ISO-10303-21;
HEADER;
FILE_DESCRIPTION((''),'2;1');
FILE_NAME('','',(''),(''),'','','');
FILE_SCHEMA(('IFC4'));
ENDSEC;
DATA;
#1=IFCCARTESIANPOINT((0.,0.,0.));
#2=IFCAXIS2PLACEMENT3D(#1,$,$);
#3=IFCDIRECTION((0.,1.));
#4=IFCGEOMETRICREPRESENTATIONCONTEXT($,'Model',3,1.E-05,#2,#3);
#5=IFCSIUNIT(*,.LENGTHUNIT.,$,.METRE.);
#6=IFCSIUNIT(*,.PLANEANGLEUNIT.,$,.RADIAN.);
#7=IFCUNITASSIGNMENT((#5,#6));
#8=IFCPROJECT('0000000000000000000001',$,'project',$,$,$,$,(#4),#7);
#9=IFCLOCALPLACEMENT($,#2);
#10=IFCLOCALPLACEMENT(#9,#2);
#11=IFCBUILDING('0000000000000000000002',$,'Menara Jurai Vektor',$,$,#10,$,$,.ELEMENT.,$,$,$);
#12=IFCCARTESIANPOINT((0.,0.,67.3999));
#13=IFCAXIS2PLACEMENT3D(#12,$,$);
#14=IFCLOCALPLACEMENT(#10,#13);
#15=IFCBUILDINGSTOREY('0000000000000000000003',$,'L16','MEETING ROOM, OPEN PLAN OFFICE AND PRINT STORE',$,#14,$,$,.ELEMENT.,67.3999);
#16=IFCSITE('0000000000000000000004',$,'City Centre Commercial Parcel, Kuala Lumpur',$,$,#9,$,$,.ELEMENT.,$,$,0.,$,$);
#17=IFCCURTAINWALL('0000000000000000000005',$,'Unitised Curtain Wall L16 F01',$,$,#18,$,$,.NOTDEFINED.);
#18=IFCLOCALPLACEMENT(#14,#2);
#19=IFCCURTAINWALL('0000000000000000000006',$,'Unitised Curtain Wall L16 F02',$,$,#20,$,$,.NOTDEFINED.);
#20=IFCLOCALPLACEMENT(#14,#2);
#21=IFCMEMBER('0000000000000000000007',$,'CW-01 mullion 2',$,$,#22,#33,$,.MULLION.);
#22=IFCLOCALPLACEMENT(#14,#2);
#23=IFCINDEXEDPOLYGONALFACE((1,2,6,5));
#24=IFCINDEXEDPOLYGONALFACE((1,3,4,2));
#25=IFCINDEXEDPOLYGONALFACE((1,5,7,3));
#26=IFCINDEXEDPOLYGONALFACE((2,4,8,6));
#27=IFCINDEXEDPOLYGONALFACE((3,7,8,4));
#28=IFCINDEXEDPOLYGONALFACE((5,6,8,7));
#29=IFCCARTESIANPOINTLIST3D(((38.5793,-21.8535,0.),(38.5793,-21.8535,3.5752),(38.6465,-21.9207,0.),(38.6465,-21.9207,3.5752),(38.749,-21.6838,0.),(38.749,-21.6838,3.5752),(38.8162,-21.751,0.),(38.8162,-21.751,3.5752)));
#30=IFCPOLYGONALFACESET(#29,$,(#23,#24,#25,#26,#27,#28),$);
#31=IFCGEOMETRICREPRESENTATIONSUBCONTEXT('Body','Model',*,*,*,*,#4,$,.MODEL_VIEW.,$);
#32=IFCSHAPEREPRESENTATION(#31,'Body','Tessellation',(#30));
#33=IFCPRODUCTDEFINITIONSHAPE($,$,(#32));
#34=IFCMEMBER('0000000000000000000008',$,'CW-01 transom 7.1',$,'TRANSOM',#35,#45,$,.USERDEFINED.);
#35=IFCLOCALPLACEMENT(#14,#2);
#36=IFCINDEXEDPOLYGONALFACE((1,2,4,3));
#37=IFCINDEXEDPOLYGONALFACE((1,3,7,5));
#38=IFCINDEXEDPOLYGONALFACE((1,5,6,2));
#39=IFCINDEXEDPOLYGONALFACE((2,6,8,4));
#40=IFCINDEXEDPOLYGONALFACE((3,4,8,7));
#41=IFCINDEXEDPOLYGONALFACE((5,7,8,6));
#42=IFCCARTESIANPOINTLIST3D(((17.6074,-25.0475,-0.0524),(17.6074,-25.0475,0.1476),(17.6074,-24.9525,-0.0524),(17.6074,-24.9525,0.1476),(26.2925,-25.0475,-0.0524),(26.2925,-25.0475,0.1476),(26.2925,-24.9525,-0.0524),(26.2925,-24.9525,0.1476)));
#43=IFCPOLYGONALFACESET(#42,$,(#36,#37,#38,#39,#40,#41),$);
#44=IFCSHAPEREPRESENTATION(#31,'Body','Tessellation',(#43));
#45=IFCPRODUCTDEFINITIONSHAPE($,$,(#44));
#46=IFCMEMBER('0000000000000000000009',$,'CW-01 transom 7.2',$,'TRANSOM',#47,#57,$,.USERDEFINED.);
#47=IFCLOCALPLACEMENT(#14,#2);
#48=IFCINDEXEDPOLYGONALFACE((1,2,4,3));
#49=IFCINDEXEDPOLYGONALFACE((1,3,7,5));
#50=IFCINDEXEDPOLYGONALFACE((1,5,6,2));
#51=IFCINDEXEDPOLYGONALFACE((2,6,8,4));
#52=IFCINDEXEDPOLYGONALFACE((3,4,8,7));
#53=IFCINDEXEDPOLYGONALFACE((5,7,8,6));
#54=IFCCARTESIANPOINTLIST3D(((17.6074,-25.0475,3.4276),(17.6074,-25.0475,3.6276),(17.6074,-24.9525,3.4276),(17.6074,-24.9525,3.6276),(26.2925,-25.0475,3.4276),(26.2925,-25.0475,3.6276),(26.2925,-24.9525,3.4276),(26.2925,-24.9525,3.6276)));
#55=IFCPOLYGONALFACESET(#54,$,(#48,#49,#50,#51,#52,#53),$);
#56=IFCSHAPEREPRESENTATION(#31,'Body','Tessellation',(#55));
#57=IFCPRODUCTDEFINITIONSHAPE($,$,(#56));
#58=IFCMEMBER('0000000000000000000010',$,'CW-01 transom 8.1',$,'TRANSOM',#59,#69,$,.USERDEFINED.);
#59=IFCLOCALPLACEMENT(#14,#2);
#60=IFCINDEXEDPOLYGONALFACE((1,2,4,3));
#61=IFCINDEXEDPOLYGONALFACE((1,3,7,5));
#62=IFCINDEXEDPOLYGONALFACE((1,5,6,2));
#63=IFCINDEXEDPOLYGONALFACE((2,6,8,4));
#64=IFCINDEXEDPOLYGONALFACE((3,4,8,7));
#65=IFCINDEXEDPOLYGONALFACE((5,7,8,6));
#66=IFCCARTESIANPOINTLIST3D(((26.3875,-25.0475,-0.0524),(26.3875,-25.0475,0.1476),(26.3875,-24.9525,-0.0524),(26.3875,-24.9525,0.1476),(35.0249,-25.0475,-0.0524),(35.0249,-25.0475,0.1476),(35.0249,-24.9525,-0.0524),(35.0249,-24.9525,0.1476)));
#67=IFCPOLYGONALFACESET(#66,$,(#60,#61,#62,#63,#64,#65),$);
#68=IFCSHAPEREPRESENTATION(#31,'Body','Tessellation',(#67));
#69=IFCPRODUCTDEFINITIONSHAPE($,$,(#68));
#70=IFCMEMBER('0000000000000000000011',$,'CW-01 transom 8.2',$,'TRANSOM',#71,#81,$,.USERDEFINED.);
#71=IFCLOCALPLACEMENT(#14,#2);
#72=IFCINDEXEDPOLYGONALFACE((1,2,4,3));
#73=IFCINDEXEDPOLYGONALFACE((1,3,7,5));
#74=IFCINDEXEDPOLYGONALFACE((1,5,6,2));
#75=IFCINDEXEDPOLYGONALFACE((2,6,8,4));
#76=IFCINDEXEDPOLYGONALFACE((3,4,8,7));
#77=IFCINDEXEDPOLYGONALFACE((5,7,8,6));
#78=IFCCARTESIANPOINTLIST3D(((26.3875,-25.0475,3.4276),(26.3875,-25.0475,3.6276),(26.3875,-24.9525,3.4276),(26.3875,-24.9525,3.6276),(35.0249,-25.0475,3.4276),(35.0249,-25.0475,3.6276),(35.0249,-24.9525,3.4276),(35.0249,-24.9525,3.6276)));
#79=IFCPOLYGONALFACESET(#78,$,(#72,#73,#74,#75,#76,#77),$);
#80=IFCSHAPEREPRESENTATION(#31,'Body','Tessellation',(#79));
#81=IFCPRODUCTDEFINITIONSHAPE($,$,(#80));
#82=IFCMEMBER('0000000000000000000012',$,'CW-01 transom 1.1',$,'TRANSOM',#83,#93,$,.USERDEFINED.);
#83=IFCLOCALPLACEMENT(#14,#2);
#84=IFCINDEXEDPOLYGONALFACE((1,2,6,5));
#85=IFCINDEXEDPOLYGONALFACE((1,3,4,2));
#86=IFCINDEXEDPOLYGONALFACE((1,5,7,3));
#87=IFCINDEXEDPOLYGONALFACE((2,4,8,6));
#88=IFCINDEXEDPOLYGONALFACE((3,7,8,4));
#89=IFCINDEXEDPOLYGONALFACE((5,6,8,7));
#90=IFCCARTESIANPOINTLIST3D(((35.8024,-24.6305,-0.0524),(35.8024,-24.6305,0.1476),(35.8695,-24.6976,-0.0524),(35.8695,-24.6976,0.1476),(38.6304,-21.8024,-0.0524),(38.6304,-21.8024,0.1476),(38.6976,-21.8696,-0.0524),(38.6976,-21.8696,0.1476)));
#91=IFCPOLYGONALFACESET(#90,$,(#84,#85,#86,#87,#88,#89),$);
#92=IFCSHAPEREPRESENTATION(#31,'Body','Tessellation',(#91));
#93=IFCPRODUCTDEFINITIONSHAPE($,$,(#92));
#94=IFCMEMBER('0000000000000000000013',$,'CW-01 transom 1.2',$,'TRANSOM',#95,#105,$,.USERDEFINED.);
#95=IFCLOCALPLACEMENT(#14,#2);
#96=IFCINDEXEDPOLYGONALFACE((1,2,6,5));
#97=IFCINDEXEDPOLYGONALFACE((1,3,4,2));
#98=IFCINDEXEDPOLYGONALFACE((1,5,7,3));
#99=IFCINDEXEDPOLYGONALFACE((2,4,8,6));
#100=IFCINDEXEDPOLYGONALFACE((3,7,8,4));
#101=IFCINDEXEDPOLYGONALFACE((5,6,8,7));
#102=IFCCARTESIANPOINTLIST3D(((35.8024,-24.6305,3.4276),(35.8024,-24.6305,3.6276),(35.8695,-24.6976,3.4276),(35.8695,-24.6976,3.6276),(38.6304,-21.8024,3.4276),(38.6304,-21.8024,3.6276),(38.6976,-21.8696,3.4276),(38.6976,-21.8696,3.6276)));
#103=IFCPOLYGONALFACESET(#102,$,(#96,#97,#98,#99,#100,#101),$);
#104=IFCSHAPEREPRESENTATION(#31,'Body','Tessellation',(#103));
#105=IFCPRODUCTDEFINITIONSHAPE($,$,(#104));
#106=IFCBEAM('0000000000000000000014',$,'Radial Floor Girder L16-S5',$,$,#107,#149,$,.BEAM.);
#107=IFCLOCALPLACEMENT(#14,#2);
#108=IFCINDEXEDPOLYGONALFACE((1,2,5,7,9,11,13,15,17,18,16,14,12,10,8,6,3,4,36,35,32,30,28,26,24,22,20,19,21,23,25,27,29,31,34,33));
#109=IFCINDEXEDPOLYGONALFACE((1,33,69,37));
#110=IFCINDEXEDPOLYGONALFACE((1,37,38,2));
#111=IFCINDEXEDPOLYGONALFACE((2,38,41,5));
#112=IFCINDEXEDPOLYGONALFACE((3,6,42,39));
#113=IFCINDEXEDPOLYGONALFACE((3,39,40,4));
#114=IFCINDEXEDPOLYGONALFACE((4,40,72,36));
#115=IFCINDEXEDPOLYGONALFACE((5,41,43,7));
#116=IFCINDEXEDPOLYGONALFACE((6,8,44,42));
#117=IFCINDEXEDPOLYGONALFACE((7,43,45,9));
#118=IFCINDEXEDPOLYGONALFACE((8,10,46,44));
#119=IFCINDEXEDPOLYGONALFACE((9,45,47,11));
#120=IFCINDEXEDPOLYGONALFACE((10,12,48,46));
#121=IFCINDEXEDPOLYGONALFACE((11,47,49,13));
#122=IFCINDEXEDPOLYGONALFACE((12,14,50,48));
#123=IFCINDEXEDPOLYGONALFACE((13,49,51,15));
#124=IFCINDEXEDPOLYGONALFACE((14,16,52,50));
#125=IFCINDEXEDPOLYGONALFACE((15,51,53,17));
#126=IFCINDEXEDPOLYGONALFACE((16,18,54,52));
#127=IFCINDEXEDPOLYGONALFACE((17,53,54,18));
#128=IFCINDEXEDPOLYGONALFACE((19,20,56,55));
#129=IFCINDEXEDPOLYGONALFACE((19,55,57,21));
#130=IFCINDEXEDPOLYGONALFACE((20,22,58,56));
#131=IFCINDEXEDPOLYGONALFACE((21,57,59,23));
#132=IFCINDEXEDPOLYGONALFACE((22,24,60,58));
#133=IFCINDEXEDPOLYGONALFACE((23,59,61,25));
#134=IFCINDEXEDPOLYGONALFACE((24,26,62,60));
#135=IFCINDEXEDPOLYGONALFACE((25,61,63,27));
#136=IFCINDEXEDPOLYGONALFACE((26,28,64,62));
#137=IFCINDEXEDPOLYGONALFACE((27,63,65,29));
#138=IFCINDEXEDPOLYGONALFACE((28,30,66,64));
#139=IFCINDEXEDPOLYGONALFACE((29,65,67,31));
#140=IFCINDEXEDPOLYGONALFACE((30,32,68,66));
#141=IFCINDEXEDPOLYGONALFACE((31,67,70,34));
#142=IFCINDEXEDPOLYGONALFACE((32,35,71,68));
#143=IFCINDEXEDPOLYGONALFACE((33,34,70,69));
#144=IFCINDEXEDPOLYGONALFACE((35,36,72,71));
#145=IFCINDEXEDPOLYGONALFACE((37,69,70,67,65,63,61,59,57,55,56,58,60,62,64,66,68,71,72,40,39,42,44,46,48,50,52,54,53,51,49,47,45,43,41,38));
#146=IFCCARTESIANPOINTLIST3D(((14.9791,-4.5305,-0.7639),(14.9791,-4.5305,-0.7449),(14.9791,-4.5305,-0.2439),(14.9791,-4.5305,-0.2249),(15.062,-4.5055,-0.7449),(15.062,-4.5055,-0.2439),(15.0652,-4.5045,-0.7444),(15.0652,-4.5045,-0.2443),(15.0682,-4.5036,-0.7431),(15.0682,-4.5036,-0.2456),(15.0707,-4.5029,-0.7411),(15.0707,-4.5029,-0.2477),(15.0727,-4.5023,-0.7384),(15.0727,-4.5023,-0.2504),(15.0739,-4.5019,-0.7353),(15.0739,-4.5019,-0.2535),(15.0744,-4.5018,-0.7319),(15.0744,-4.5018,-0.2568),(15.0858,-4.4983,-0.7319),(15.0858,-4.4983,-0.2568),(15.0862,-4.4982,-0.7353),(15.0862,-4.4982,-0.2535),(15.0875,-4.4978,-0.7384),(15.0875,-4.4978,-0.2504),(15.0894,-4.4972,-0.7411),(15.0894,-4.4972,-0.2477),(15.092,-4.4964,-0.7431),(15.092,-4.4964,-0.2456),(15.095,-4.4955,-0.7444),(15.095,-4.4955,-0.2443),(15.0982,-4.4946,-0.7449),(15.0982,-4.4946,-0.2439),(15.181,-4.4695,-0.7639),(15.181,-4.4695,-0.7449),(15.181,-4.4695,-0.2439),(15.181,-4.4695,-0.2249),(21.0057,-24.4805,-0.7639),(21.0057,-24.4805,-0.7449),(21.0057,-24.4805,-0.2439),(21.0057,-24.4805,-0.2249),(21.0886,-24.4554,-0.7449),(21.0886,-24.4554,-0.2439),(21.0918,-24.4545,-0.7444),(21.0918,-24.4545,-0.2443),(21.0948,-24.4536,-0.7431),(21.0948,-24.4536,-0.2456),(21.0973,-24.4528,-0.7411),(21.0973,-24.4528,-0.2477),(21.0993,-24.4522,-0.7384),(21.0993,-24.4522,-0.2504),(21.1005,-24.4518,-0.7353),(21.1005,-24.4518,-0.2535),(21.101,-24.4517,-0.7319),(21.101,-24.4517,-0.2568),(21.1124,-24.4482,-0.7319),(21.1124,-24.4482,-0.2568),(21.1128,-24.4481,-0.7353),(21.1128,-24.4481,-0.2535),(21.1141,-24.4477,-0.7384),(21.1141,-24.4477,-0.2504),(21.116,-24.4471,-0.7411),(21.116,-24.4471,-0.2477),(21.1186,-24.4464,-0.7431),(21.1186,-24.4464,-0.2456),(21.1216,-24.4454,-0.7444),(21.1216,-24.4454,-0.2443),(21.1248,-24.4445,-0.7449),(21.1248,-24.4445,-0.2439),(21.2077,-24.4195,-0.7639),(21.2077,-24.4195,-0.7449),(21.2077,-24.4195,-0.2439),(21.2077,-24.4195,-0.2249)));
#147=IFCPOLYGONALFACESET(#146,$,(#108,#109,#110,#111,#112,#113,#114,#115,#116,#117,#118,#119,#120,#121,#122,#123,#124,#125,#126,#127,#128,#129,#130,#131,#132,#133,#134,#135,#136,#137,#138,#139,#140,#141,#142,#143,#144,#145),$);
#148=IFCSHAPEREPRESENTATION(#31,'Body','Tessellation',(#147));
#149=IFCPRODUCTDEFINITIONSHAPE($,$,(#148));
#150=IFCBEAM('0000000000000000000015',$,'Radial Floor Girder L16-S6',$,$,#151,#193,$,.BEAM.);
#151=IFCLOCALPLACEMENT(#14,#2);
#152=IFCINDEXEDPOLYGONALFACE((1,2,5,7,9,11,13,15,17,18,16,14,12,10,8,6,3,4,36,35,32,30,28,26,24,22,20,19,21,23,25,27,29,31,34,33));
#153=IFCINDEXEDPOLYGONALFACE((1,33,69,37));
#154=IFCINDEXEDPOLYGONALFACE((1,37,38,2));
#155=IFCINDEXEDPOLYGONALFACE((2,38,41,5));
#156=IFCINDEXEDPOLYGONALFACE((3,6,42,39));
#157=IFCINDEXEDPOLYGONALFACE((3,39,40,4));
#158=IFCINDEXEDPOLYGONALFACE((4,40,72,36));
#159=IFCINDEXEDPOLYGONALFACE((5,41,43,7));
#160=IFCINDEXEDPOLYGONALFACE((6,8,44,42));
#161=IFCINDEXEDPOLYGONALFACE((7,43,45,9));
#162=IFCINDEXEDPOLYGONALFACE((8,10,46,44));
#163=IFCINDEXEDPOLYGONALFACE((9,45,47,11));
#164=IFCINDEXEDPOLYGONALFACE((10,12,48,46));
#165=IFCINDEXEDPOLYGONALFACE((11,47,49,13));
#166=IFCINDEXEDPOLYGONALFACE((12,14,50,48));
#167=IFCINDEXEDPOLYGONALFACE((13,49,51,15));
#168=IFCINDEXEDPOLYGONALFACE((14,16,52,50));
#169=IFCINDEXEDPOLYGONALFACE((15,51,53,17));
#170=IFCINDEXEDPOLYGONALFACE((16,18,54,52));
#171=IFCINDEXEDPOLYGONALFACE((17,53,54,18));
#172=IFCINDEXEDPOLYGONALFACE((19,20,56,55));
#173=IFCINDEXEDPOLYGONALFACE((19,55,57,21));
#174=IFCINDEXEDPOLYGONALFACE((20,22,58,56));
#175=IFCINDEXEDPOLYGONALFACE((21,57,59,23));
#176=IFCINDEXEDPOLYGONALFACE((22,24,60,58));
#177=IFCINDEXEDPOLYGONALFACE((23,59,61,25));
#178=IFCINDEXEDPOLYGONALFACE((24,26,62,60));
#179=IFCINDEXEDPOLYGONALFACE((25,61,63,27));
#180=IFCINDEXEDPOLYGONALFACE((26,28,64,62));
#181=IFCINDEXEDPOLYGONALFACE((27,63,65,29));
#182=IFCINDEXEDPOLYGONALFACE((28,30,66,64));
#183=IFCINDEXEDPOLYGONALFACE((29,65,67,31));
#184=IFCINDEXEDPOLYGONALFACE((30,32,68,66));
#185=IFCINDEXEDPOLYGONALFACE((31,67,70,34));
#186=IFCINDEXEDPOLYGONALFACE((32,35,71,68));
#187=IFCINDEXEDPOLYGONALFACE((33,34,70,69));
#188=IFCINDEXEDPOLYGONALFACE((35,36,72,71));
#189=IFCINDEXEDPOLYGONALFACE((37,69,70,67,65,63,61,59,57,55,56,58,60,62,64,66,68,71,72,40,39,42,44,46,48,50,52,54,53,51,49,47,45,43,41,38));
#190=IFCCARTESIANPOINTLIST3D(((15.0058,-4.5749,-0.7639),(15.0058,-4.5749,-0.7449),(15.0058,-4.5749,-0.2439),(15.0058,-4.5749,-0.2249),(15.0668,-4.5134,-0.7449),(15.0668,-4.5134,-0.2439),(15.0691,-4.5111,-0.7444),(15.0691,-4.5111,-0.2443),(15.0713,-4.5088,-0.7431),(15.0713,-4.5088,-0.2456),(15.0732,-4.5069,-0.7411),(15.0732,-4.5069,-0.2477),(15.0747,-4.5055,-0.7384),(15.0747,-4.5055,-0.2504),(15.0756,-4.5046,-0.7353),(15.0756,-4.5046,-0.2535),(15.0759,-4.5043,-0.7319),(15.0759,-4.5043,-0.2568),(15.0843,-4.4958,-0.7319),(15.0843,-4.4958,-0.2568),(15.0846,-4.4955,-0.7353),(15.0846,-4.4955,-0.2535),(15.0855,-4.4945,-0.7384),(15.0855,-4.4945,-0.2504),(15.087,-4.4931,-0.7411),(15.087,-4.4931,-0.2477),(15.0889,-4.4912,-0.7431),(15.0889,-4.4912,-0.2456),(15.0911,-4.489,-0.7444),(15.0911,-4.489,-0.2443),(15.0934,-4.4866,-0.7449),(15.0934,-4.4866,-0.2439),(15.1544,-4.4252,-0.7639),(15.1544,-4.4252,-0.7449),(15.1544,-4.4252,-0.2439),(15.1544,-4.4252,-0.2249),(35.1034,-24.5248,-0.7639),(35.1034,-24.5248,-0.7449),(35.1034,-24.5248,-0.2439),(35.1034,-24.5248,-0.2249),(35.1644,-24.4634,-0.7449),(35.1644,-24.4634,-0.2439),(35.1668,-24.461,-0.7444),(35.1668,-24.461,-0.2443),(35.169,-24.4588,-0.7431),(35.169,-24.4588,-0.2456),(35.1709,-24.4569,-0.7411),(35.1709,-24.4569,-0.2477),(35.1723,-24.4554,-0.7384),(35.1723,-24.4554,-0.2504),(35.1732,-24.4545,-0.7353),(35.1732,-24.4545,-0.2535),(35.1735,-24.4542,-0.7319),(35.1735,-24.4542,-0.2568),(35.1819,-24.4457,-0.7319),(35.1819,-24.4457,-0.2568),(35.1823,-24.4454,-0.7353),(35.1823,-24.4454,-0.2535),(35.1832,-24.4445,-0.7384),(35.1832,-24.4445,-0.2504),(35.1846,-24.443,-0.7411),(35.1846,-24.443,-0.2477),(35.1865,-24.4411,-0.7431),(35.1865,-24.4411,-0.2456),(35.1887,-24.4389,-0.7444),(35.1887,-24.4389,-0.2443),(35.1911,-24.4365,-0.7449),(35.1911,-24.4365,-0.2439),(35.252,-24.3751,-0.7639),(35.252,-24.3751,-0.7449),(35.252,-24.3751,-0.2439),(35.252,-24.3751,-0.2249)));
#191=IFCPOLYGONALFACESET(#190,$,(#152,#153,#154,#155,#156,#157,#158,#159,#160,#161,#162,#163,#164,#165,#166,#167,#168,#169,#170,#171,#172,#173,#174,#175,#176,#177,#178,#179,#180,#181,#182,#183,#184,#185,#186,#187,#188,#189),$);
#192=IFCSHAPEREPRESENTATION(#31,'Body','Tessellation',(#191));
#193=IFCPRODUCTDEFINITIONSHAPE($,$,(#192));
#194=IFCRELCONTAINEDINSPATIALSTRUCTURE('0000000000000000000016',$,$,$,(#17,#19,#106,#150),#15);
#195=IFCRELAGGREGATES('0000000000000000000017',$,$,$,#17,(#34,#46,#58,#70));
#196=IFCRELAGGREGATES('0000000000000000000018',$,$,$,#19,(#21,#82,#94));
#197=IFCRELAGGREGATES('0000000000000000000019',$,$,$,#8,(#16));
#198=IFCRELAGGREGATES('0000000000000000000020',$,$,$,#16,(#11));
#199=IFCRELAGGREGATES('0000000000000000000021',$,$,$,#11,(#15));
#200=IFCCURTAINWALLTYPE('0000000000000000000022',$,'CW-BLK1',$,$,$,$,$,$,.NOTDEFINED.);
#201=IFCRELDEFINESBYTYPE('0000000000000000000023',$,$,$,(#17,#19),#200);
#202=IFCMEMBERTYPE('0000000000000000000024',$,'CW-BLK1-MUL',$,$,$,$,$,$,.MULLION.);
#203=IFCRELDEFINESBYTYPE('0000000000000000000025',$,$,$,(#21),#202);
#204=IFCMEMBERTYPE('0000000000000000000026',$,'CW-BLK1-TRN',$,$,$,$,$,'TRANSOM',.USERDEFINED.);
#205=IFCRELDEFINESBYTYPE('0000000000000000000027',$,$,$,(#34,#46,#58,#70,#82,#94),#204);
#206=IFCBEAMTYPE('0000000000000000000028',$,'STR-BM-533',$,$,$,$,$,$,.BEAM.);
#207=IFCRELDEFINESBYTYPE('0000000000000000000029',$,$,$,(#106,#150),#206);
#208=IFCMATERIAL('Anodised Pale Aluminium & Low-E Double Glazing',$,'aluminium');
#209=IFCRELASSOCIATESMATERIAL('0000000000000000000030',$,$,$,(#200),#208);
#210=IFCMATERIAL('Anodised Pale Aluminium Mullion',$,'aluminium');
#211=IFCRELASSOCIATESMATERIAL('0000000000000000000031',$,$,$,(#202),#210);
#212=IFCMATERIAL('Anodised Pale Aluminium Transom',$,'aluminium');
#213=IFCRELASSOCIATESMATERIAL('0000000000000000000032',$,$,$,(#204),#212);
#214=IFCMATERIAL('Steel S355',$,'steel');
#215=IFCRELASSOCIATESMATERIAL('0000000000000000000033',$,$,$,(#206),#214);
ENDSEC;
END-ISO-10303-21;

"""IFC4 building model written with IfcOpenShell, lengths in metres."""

from ifc_helpers import new_model, si_unit, direction, frame, origin, origin_2d, place, context, subcontext, project, spatial, rectangle, i_section, extrude, material, material_profile, profile_set, type_object, element, aggregate, save


model = new_model("IFC4")

# Units and contexts
model_context = context("Model", 3, precision=1e-05, world=origin(), true_north=direction((0.0, 1.0)))
body_context = subcontext(model_context, "Body", "Model", "MODEL_VIEW")
ifc_project = project(units=[si_unit("LENGTHUNIT", "METRE"), si_unit("PLANEANGLEUNIT", "RADIAN")], contexts=[model_context])

# Site, building, storey
site_placement = place(None, origin())
site = spatial("IfcSite", under=ifc_project, at=site_placement, Name="City Centre Commercial Parcel, Kuala Lumpur", CompositionType="ELEMENT", RefElevation=0.0)
building_placement = place(site_placement, origin())
building = spatial("IfcBuilding", under=site, at=building_placement, Name="Menara Jurai Vektor", CompositionType="ELEMENT")
storey_placement = place(building_placement, frame((0.0, 0.0, 67.3999)))
storey = spatial("IfcBuildingStorey", under=building, at=storey_placement, Name="L16", Description="MEETING ROOM, OPEN PLAN OFFICE AND PRINT STORE", CompositionType="ELEMENT", Elevation=67.3999)

# Curtain walls, member
ifc_material_1 = material(Name="Anodised Pale Aluminium & Low-E Double Glazing", Category="aluminium")
curtain_wall_type = type_object("IfcCurtainWallType", Name="CW-BLK1", PredefinedType="NOTDEFINED", material=ifc_material_1)
curtain_wall_1_placement = place(storey_placement, origin())
curtain_wall_1 = element("IfcCurtainWall", 1, at=curtain_wall_1_placement, inside=storey, type_object=curtain_wall_type, Name="Unitised Curtain Wall L16 F01", PredefinedType="NOTDEFINED")
ifc_material_2 = material(Name="Anodised Pale Aluminium Mullion", Category="aluminium")
ifc_material_profile_1 = material_profile(ifc_material_2, rectangle(XDim=0.095, YDim=0.24, at=origin_2d()), Name="ALU MUL 95x240")
ifc_profile_set_1 = profile_set([ifc_material_profile_1], Name="Anodised Pale Aluminium Mullion")
member_type_1 = type_object("IfcMemberType", Name="CW-BLK1-MUL", PredefinedType="MULLION", material=ifc_profile_set_1)
curtain_wall_2_placement = place(storey_placement, origin())
curtain_wall_2 = element("IfcCurtainWall", 2, at=curtain_wall_2_placement, inside=storey, type_object=curtain_wall_type, Name="Unitised Curtain Wall L16 F02", PredefinedType="NOTDEFINED")
member_1_placement = place(storey_placement, frame((38.6978, -21.8022, 0.0), z_axis=(0.0, 0.0, 1.0), x_axis=(-0.707107, 0.707107, 0.0)))
member_1 = element("IfcMember", 3, at=member_1_placement, type_object=member_type_1, Name="CW-01 mullion 2", PredefinedType="MULLION", context=body_context, shape_type="SweptSolid", body=[
    extrude(rectangle(XDim=0.095, YDim=0.24, at=origin_2d()), origin(), (0.0, 0.0, 1.0), 3.5752),
])

# Members
ifc_material_3 = material(Name="Anodised Pale Aluminium Transom", Category="aluminium")
ifc_material_profile_2 = material_profile(ifc_material_3, rectangle(XDim=0.095, YDim=0.2, at=origin_2d()), Name="ALU TRN 95x200")
ifc_profile_set_2 = profile_set([ifc_material_profile_2], Name="Anodised Pale Aluminium Transom")
member_type_2 = type_object("IfcMemberType", Name="CW-BLK1-TRN", ElementType="TRANSOM", PredefinedType="USERDEFINED", material=ifc_profile_set_2)
member_2_placement = place(storey_placement, frame((17.6074, -25.0, 0.0476), z_axis=(1.0, 0.0, 0.0), x_axis=(0.0, 1.0, 0.0)))
member_2 = element("IfcMember", 4, at=member_2_placement, type_object=member_type_2, Name="CW-01 transom 7.1", ObjectType="TRANSOM", PredefinedType="USERDEFINED", context=body_context, shape_type="SweptSolid", body=[
    extrude(rectangle(XDim=0.095, YDim=0.2, at=origin_2d()), origin(), (0.0, 0.0, 1.0), 8.6851),
])
member_3_placement = place(storey_placement, frame((17.6074, -25.0, 3.5276), z_axis=(1.0, 0.0, 0.0), x_axis=(0.0, 1.0, 0.0)))
member_3 = element("IfcMember", 5, at=member_3_placement, type_object=member_type_2, Name="CW-01 transom 7.2", ObjectType="TRANSOM", PredefinedType="USERDEFINED", context=body_context, shape_type="SweptSolid", body=[
    extrude(rectangle(XDim=0.095, YDim=0.2, at=origin_2d()), origin(), (0.0, 0.0, 1.0), 8.6851),
])
member_4_placement = place(storey_placement, frame((26.3875, -25.0, 0.0476), z_axis=(1.0, 0.0, 0.0), x_axis=(0.0, 1.0, 0.0)))
member_4 = element("IfcMember", 6, at=member_4_placement, type_object=member_type_2, Name="CW-01 transom 8.1", ObjectType="TRANSOM", PredefinedType="USERDEFINED", context=body_context, shape_type="SweptSolid", body=[
    extrude(rectangle(XDim=0.095, YDim=0.2, at=origin_2d()), origin(), (0.0, 0.0, 1.0), 8.6375),
])
member_5_placement = place(storey_placement, frame((26.3875, -25.0, 3.5276), z_axis=(1.0, 0.0, 0.0), x_axis=(0.0, 1.0, 0.0)))
member_5 = element("IfcMember", 7, at=member_5_placement, type_object=member_type_2, Name="CW-01 transom 8.2", ObjectType="TRANSOM", PredefinedType="USERDEFINED", context=body_context, shape_type="SweptSolid", body=[
    extrude(rectangle(XDim=0.095, YDim=0.2, at=origin_2d()), origin(), (0.0, 0.0, 1.0), 8.6375),
])
member_6_placement = place(storey_placement, frame((35.8359, -24.6641, 0.0476), z_axis=(0.707107, 0.707107, 0.0), x_axis=(-0.707107, 0.707107, 0.0)))
member_6 = element("IfcMember", 8, at=member_6_placement, type_object=member_type_2, Name="CW-01 transom 1.1", ObjectType="TRANSOM", PredefinedType="USERDEFINED", context=body_context, shape_type="SweptSolid", body=[
    extrude(rectangle(XDim=0.095, YDim=0.2, at=origin_2d()), origin(), (0.0, 0.0, 1.0), 3.9995),
])
member_7_placement = place(storey_placement, frame((35.8359, -24.6641, 3.5276), z_axis=(0.707107, 0.707107, 0.0), x_axis=(-0.707107, 0.707107, 0.0)))
member_7 = element("IfcMember", 9, at=member_7_placement, type_object=member_type_2, Name="CW-01 transom 1.2", ObjectType="TRANSOM", PredefinedType="USERDEFINED", context=body_context, shape_type="SweptSolid", body=[
    extrude(rectangle(XDim=0.095, YDim=0.2, at=origin_2d()), origin(), (0.0, 0.0, 1.0), 3.9995),
])

# Beams
ifc_material_4 = material(Name="Steel S355", Category="steel")
ifc_material_profile_3 = material_profile(ifc_material_4, i_section(OverallWidth=0.2109, OverallDepth=0.5391, WebThickness=0.012, FlangeThickness=0.019, FilletRadius=0.0129, at=origin_2d()), Name="UKB 533x210x109")
ifc_profile_set_3 = profile_set([ifc_material_profile_3], Name="Steel S355")
beam_type_1 = type_object("IfcBeamType", Name="STR-BM-533", PredefinedType="BEAM", material=ifc_profile_set_3)
beam_1_placement = place(storey_placement, frame((21.1067, -24.45, -0.4944), z_axis=(-0.28918, 0.957275, 0.0), x_axis=(-0.957275, -0.28918, 0.0)))
element("IfcBeam", 10, at=beam_1_placement, inside=storey, type_object=beam_type_1, Name="Radial Floor Girder L16-S5", PredefinedType="BEAM", context=body_context, shape_type="SweptSolid", body=[
    extrude(i_section(OverallWidth=0.2109, OverallDepth=0.5391, WebThickness=0.012, FlangeThickness=0.019, FilletRadius=0.0129, at=origin_2d()), origin(), (0.0, 0.0, 1.0), 20.8403),
])
beam_2_placement = place(storey_placement, frame((35.1777, -24.45, -0.4944), z_axis=(-0.70971, 0.704494, 0.0), x_axis=(-0.704494, -0.70971, 0.0)))
element("IfcBeam", 11, at=beam_2_placement, inside=storey, type_object=beam_type_1, Name="Radial Floor Girder L16-S6", PredefinedType="BEAM", context=body_context, shape_type="SweptSolid", body=[
    extrude(i_section(OverallWidth=0.2109, OverallDepth=0.5391, WebThickness=0.012, FlangeThickness=0.019, FilletRadius=0.0129, at=origin_2d()), origin(), (0.0, 0.0, 1.0), 28.3181),
])

aggregate(curtain_wall_1, [member_2, member_3, member_4, member_5])
aggregate(curtain_wall_2, [member_1, member_6, member_7])

save(model, "model.ifc")
